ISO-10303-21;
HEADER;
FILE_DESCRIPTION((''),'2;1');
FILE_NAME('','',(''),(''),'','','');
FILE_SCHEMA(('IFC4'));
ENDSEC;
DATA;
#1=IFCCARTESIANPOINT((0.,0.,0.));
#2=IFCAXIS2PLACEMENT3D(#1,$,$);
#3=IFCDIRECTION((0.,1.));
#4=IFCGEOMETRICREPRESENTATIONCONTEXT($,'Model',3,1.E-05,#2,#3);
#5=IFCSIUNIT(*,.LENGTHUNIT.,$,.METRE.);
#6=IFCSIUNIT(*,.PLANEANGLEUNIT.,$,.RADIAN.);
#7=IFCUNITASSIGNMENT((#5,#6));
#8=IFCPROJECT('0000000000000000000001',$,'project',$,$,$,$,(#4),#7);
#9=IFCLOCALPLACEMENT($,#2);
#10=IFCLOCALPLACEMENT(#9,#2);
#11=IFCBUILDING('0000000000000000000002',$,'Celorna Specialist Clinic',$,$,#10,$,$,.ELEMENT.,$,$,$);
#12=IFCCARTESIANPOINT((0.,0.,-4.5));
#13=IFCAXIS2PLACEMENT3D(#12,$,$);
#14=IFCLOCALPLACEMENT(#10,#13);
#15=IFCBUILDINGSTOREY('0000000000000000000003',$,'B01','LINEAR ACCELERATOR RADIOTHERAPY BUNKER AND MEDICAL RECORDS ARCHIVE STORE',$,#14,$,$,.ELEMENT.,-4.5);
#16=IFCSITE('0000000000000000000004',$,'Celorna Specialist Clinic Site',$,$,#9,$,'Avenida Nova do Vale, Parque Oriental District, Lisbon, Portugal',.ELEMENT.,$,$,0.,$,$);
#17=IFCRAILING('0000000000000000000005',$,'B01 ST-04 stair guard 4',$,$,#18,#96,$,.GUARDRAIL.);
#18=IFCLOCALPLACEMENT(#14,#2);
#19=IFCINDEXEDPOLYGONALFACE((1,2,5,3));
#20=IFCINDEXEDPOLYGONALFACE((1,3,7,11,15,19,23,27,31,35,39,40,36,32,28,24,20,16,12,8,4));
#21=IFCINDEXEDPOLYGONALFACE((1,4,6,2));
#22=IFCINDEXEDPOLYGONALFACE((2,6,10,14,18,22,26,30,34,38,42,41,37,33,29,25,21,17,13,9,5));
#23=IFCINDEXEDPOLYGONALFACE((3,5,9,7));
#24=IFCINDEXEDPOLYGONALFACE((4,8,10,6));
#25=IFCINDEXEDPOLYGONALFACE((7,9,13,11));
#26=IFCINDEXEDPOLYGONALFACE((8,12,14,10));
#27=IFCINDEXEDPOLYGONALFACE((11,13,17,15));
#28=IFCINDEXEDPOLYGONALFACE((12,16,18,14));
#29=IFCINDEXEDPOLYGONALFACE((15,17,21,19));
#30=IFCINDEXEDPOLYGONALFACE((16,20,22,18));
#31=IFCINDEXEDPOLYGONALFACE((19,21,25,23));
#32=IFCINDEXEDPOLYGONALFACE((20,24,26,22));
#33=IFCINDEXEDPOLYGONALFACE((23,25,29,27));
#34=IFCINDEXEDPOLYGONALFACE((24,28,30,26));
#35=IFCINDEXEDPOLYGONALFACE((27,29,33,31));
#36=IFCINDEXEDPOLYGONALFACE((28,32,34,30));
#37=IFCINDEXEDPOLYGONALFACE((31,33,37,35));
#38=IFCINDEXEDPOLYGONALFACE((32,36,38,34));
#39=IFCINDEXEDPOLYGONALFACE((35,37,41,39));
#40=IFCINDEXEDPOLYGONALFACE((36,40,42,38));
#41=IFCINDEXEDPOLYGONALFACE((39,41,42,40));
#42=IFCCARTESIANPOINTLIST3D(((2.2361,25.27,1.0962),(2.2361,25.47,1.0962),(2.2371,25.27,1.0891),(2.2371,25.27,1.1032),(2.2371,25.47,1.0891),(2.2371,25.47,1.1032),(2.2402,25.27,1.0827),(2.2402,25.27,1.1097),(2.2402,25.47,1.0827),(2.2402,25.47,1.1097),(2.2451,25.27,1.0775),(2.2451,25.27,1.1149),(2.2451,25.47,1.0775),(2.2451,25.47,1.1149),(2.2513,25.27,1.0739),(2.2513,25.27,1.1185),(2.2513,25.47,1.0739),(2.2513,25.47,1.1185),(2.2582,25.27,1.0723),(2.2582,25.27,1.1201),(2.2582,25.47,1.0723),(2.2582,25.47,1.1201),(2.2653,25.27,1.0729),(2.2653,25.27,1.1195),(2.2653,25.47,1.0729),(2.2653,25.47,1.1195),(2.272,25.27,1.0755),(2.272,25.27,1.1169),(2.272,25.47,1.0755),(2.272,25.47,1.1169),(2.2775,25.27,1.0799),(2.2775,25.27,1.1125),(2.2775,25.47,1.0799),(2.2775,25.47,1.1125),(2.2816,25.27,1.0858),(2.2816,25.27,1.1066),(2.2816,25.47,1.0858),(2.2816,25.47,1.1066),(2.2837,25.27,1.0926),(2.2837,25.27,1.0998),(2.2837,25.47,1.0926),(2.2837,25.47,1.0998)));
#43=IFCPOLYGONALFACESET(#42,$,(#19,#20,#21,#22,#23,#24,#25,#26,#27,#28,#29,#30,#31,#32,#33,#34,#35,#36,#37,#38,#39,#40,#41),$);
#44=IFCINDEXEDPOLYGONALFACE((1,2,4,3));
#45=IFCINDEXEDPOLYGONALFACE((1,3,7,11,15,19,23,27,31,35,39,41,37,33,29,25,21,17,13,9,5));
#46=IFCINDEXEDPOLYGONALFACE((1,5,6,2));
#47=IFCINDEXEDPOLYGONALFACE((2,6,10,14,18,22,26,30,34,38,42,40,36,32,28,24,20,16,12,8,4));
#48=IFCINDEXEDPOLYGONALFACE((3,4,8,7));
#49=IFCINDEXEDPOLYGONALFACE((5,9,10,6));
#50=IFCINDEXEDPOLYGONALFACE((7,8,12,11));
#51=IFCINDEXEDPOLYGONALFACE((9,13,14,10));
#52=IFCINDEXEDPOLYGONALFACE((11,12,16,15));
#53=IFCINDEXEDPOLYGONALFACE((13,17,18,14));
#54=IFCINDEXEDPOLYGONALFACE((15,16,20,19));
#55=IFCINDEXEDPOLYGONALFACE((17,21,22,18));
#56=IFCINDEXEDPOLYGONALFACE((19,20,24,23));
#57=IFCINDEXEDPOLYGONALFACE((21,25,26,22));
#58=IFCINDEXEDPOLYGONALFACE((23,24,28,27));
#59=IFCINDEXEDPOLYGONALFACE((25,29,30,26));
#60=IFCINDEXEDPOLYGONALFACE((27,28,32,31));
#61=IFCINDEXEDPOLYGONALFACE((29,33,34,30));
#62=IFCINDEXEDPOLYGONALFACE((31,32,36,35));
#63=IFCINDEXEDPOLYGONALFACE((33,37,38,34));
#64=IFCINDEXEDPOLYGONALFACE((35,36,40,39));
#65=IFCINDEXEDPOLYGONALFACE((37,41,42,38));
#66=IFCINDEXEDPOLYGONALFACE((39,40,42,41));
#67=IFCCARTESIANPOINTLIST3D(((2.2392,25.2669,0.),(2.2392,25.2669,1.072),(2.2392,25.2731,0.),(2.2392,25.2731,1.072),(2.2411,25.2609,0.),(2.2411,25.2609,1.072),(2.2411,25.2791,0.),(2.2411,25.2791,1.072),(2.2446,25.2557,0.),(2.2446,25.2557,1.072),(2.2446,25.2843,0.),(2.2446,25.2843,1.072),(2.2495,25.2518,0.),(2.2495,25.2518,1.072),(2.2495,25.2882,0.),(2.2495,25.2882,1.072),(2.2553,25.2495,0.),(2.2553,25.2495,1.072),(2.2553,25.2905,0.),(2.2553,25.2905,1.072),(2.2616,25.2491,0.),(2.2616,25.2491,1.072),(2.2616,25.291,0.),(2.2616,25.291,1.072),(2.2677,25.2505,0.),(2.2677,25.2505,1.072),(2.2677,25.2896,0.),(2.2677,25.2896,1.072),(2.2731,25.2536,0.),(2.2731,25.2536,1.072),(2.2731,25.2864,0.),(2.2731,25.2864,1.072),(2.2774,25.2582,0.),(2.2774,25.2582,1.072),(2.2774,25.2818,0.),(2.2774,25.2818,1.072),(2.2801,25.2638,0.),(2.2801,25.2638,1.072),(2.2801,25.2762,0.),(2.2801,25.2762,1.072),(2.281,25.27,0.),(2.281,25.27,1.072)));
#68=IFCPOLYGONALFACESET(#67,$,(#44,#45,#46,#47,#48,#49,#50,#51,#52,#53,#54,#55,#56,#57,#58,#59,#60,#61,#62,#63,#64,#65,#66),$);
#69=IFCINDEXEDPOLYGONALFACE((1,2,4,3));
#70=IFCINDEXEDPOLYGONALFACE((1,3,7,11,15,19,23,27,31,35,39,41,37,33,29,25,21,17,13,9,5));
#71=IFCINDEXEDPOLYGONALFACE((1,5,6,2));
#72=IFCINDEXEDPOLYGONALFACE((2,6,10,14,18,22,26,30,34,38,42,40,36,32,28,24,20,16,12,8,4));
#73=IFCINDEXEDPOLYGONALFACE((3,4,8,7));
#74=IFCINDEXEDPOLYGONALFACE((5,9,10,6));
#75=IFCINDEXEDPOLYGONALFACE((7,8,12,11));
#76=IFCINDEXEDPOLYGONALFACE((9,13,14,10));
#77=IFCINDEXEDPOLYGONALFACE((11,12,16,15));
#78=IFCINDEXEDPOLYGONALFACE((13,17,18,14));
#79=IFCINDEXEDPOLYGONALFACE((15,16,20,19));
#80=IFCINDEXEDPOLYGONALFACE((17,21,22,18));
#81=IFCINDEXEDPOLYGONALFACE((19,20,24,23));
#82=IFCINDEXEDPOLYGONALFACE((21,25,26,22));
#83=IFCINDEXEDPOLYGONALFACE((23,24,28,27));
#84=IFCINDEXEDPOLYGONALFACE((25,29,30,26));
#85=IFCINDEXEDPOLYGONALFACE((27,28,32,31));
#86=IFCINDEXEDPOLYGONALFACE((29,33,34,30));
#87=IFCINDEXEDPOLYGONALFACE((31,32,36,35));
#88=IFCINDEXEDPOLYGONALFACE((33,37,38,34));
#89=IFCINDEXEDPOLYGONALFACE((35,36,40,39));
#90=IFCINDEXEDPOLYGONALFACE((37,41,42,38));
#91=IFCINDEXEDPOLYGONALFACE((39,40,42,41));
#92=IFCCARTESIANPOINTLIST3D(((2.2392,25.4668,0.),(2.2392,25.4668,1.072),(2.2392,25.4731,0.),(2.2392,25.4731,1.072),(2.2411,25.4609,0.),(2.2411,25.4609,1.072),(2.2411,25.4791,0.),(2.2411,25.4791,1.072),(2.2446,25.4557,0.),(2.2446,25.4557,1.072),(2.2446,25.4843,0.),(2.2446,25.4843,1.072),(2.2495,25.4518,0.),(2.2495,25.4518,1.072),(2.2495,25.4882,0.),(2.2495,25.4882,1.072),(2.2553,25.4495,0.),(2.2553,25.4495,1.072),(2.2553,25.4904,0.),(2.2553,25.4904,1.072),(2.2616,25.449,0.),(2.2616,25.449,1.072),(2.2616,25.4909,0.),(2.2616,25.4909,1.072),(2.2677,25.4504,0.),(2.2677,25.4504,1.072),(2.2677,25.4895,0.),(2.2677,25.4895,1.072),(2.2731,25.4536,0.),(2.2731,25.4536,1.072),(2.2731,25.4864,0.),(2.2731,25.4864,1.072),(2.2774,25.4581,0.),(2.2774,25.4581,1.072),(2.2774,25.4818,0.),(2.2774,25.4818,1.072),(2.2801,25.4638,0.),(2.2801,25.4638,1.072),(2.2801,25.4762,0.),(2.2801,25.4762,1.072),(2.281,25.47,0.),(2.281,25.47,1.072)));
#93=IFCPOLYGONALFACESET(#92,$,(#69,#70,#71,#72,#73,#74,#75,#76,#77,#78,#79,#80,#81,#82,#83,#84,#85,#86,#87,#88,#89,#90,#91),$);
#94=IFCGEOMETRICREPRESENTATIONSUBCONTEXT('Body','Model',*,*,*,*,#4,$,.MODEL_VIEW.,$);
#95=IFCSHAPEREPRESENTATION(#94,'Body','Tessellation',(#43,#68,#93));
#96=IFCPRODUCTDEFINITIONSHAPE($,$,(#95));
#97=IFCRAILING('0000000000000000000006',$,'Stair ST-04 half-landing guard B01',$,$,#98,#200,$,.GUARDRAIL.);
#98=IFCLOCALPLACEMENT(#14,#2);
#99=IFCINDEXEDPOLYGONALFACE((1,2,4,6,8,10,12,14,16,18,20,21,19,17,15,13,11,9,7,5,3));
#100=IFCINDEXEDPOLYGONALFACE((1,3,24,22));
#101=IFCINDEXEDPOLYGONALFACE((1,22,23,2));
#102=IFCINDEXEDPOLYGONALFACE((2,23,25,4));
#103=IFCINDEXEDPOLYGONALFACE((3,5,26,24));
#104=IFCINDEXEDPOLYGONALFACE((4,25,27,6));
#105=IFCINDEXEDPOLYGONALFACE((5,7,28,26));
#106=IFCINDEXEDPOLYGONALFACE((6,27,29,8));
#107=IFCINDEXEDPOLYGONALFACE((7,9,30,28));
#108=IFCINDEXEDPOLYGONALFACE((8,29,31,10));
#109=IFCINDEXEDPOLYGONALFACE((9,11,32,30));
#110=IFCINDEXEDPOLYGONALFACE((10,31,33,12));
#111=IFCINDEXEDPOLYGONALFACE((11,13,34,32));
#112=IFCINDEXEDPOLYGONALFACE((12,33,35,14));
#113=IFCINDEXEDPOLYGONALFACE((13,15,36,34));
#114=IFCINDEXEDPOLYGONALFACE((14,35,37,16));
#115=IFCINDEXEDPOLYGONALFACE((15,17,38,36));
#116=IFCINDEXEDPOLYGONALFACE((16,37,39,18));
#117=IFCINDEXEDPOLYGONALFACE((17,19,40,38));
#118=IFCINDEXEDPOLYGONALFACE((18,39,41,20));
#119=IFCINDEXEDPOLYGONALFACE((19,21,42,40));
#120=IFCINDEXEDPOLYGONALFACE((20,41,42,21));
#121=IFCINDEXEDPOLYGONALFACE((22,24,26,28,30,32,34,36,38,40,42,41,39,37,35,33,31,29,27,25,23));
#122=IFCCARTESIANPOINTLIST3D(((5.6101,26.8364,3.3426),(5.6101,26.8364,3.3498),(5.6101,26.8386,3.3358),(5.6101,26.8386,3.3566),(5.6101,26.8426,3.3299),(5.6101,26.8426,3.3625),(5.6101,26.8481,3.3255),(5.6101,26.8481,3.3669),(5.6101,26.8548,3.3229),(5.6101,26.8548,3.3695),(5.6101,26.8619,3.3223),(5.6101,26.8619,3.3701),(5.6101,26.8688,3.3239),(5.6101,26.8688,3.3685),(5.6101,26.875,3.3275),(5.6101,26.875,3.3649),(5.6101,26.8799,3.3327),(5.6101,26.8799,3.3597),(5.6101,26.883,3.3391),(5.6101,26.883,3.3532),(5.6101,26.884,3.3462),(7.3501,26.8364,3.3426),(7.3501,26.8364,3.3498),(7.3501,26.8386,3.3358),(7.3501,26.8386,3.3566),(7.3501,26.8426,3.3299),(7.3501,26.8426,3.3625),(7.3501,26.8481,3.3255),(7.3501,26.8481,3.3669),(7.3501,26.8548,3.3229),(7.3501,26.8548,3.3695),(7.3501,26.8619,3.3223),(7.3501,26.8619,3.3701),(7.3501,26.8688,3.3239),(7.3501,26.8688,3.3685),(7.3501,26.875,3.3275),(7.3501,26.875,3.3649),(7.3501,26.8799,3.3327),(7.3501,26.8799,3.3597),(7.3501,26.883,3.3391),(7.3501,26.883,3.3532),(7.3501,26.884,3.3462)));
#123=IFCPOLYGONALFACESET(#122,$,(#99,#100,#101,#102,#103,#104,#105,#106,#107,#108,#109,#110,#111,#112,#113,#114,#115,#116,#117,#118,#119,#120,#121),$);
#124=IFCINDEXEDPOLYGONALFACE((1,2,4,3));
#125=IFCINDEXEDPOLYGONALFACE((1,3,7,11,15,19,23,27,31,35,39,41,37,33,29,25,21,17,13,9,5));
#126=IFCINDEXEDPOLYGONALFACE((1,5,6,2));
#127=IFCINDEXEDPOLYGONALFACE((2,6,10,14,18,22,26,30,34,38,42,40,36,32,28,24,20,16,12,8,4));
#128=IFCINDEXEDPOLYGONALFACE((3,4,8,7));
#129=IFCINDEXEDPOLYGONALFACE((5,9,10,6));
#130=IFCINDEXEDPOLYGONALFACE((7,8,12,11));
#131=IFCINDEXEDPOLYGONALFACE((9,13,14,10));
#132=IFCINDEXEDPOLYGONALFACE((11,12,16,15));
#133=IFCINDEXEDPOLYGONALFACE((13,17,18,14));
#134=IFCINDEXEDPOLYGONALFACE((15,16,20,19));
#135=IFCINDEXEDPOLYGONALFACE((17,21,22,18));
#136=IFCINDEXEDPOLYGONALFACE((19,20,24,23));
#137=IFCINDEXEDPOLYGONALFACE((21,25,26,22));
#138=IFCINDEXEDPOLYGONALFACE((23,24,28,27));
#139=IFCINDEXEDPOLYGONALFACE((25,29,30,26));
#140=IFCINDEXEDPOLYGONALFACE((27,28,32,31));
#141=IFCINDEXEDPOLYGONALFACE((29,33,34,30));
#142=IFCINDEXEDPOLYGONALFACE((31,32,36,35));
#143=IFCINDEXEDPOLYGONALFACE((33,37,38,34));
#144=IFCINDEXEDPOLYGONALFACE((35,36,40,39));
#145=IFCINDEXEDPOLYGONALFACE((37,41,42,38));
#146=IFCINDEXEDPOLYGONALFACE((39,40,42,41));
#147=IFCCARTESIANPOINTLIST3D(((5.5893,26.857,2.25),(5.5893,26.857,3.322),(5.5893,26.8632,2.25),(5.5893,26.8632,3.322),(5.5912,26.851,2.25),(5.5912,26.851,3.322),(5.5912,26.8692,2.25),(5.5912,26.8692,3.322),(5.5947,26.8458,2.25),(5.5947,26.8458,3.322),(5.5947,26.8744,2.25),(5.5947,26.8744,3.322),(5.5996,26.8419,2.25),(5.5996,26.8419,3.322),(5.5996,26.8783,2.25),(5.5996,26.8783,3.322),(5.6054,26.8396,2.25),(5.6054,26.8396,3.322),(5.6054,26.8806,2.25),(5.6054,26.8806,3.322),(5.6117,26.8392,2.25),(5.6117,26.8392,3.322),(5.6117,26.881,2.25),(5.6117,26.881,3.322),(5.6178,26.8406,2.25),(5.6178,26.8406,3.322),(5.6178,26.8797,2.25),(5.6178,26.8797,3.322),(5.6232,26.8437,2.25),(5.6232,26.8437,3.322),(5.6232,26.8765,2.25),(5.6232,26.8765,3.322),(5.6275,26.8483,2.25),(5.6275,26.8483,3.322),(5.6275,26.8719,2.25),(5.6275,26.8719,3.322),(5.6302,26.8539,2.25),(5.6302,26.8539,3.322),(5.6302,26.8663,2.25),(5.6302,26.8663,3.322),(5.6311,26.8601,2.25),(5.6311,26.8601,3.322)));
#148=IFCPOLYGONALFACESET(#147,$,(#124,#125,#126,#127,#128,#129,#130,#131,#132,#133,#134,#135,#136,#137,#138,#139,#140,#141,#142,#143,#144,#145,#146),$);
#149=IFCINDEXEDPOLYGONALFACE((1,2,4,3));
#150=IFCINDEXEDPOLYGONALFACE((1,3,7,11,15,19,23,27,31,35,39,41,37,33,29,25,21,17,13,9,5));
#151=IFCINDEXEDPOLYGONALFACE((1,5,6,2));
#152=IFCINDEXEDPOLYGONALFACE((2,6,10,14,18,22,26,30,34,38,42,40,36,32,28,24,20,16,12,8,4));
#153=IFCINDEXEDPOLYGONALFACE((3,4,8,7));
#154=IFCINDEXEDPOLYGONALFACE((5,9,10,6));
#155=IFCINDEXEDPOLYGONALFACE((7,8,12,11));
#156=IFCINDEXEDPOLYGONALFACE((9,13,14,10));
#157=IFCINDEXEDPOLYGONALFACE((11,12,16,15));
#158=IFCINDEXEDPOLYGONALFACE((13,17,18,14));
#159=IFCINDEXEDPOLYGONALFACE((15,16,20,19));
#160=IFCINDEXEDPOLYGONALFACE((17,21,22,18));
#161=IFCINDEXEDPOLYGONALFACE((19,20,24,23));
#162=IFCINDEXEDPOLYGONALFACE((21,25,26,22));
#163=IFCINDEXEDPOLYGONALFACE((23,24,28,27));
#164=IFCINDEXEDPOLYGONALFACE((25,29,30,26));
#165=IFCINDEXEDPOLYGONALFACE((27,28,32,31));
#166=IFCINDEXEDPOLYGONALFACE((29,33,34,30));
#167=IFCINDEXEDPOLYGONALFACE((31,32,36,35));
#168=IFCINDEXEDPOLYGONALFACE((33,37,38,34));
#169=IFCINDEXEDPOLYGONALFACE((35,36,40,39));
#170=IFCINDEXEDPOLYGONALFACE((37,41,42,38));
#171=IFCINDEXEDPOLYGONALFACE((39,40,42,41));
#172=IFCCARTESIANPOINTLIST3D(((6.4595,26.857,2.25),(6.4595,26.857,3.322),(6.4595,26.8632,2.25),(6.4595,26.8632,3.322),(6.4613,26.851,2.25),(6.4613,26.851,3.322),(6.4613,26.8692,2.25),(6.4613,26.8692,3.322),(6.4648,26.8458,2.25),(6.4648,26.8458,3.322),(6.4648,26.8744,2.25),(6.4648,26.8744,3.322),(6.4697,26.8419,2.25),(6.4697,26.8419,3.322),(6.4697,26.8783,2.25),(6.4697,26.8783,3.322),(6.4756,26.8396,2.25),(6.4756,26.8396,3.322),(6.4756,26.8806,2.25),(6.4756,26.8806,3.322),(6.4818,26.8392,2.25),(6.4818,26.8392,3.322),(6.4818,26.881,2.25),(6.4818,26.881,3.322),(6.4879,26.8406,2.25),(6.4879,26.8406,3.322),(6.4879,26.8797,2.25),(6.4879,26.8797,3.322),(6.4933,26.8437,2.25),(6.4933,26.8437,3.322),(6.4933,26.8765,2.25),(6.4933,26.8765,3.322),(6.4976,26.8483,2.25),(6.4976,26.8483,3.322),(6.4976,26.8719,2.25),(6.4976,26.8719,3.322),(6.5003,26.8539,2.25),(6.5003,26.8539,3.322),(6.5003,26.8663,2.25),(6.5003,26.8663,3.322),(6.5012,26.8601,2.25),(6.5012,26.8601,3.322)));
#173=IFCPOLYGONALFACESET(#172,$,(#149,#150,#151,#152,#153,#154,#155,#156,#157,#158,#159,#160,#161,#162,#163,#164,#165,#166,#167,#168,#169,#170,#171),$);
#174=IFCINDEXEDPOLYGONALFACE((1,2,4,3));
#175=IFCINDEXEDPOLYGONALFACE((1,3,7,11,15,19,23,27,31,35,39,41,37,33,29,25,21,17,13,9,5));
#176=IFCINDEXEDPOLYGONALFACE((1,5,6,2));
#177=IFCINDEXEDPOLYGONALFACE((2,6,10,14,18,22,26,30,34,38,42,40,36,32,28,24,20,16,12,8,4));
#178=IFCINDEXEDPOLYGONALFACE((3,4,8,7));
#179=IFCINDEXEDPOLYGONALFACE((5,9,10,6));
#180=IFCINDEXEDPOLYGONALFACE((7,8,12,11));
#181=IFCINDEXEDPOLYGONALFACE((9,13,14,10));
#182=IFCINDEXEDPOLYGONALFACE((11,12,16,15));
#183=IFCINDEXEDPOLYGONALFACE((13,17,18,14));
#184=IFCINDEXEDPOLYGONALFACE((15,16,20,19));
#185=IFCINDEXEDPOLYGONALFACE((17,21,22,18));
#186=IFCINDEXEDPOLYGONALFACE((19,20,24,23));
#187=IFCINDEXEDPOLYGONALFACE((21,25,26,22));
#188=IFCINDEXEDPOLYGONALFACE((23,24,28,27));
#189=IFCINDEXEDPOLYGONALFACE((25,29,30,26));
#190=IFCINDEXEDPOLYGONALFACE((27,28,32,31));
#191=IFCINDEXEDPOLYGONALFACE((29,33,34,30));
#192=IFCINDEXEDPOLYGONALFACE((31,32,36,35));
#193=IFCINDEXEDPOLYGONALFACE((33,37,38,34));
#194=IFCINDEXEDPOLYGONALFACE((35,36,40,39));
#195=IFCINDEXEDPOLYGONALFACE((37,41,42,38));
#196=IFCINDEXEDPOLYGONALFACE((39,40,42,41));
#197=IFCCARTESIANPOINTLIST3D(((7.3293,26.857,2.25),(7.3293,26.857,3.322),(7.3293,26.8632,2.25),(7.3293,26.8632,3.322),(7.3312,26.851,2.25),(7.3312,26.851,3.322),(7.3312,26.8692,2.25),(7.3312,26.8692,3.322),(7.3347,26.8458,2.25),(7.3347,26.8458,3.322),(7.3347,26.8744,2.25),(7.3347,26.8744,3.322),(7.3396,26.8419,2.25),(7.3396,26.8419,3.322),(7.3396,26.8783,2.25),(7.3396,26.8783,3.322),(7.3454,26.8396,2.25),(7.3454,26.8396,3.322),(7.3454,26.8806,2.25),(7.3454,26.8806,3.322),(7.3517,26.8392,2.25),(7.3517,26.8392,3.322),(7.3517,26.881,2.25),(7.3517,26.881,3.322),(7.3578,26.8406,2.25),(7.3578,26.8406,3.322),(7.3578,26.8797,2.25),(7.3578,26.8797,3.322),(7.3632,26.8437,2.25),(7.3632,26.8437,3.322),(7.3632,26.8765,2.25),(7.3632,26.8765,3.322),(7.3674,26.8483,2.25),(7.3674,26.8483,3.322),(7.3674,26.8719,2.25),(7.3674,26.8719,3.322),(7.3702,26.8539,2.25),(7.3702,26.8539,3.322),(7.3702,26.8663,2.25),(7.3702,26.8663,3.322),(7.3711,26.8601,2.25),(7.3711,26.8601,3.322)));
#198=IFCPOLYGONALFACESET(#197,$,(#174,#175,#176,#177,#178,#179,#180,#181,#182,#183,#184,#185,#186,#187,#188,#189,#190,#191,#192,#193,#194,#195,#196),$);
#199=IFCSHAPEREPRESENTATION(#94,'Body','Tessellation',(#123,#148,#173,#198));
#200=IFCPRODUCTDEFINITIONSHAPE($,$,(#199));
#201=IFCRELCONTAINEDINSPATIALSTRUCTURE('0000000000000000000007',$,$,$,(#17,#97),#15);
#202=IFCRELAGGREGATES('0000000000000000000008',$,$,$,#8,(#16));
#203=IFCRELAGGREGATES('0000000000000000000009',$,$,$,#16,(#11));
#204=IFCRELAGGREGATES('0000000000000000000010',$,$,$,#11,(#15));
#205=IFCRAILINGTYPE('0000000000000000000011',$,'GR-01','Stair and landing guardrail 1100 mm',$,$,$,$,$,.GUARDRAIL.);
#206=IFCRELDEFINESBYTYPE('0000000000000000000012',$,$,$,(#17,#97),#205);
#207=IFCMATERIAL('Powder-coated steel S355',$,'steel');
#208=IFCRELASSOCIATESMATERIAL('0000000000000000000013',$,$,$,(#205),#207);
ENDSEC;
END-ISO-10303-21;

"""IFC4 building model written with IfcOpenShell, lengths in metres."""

from ifc_helpers import new_model, si_unit, direction, frame, origin, origin_2d, place, context, subcontext, project, spatial, circle, extrude, material, type_object, element, save


model = new_model("IFC4")

# Units and contexts
model_context = context("Model", 3, precision=1e-05, world=origin(), true_north=direction((0.0, 1.0)))
body_context = subcontext(model_context, "Body", "Model", "MODEL_VIEW")
ifc_project = project(units=[si_unit("LENGTHUNIT", "METRE"), si_unit("PLANEANGLEUNIT", "RADIAN")], contexts=[model_context])

# Site, building, storey
site_placement = place(None, origin())
site = spatial("IfcSite", under=ifc_project, at=site_placement, Name="Celorna Specialist Clinic Site", LongName="Avenida Nova do Vale, Parque Oriental District, Lisbon, Portugal", CompositionType="ELEMENT", RefElevation=0.0)
building_placement = place(site_placement, origin())
building = spatial("IfcBuilding", under=site, at=building_placement, Name="Celorna Specialist Clinic", CompositionType="ELEMENT")
storey_placement = place(building_placement, frame((0.0, 0.0, -4.5)))
storey = spatial("IfcBuildingStorey", under=building, at=storey_placement, Name="B01", Description="LINEAR ACCELERATOR RADIOTHERAPY BUNKER AND MEDICAL RECORDS ARCHIVE STORE", CompositionType="ELEMENT", Elevation=-4.5)

# Railings
ifc_material_1 = material(Name="Powder-coated steel S355", Category="steel")
railing_type_1 = type_object("IfcRailingType", Name="GR-01", Description="Stair and landing guardrail 1100 mm", PredefinedType="GUARDRAIL", material=ifc_material_1)
railing_1_placement = place(storey_placement, frame((2.26, 25.27, 0.0)))
element("IfcRailing", 1, at=railing_1_placement, inside=storey, type_object=railing_type_1, Name="B01 ST-04 stair guard 4", PredefinedType="GUARDRAIL", context=body_context, shape_type="SweptSolid", body=[
    extrude(circle(Radius=0.0239, at=origin_2d()), frame((0.0, 0.0, 1.0962), z_axis=(0.0, 1.0, 0.0), x_axis=(-1.0, 0.0, 0.0)), (0.0, 0.0, 1.0), 0.2),
    extrude(circle(Radius=0.021, at=origin_2d()), origin(), (0.0, 0.0, 1.0), 1.072),
    extrude(circle(Radius=0.021, at=origin_2d()), frame((0.0, 0.2, 0.0)), (0.0, 0.0, 1.0), 1.072),
])
railing_2_placement = place(storey_placement, frame((5.6101, 26.8601, 2.25)))
element("IfcRailing", 2, at=railing_2_placement, inside=storey, type_object=railing_type_1, Name="Stair ST-04 half-landing guard B01", PredefinedType="GUARDRAIL", context=body_context, shape_type="SweptSolid", body=[
    extrude(circle(Radius=0.0239, at=origin_2d()), frame((0.0, 0.0, 1.0962), z_axis=(1.0, 0.0, 0.0), x_axis=(0.0, 1.0, 0.0)), (0.0, 0.0, 1.0), 1.74),
    extrude(circle(Radius=0.021, at=origin_2d()), origin(), (0.0, 0.0, 1.0), 1.072),
    extrude(circle(Radius=0.021, at=origin_2d()), frame((0.8701, 0.0, 0.0)), (0.0, 0.0, 1.0), 1.072),
    extrude(circle(Radius=0.021, at=origin_2d()), frame((1.74, 0.0, 0.0)), (0.0, 0.0, 1.0), 1.072),
])

save(model, "model.ifc")
